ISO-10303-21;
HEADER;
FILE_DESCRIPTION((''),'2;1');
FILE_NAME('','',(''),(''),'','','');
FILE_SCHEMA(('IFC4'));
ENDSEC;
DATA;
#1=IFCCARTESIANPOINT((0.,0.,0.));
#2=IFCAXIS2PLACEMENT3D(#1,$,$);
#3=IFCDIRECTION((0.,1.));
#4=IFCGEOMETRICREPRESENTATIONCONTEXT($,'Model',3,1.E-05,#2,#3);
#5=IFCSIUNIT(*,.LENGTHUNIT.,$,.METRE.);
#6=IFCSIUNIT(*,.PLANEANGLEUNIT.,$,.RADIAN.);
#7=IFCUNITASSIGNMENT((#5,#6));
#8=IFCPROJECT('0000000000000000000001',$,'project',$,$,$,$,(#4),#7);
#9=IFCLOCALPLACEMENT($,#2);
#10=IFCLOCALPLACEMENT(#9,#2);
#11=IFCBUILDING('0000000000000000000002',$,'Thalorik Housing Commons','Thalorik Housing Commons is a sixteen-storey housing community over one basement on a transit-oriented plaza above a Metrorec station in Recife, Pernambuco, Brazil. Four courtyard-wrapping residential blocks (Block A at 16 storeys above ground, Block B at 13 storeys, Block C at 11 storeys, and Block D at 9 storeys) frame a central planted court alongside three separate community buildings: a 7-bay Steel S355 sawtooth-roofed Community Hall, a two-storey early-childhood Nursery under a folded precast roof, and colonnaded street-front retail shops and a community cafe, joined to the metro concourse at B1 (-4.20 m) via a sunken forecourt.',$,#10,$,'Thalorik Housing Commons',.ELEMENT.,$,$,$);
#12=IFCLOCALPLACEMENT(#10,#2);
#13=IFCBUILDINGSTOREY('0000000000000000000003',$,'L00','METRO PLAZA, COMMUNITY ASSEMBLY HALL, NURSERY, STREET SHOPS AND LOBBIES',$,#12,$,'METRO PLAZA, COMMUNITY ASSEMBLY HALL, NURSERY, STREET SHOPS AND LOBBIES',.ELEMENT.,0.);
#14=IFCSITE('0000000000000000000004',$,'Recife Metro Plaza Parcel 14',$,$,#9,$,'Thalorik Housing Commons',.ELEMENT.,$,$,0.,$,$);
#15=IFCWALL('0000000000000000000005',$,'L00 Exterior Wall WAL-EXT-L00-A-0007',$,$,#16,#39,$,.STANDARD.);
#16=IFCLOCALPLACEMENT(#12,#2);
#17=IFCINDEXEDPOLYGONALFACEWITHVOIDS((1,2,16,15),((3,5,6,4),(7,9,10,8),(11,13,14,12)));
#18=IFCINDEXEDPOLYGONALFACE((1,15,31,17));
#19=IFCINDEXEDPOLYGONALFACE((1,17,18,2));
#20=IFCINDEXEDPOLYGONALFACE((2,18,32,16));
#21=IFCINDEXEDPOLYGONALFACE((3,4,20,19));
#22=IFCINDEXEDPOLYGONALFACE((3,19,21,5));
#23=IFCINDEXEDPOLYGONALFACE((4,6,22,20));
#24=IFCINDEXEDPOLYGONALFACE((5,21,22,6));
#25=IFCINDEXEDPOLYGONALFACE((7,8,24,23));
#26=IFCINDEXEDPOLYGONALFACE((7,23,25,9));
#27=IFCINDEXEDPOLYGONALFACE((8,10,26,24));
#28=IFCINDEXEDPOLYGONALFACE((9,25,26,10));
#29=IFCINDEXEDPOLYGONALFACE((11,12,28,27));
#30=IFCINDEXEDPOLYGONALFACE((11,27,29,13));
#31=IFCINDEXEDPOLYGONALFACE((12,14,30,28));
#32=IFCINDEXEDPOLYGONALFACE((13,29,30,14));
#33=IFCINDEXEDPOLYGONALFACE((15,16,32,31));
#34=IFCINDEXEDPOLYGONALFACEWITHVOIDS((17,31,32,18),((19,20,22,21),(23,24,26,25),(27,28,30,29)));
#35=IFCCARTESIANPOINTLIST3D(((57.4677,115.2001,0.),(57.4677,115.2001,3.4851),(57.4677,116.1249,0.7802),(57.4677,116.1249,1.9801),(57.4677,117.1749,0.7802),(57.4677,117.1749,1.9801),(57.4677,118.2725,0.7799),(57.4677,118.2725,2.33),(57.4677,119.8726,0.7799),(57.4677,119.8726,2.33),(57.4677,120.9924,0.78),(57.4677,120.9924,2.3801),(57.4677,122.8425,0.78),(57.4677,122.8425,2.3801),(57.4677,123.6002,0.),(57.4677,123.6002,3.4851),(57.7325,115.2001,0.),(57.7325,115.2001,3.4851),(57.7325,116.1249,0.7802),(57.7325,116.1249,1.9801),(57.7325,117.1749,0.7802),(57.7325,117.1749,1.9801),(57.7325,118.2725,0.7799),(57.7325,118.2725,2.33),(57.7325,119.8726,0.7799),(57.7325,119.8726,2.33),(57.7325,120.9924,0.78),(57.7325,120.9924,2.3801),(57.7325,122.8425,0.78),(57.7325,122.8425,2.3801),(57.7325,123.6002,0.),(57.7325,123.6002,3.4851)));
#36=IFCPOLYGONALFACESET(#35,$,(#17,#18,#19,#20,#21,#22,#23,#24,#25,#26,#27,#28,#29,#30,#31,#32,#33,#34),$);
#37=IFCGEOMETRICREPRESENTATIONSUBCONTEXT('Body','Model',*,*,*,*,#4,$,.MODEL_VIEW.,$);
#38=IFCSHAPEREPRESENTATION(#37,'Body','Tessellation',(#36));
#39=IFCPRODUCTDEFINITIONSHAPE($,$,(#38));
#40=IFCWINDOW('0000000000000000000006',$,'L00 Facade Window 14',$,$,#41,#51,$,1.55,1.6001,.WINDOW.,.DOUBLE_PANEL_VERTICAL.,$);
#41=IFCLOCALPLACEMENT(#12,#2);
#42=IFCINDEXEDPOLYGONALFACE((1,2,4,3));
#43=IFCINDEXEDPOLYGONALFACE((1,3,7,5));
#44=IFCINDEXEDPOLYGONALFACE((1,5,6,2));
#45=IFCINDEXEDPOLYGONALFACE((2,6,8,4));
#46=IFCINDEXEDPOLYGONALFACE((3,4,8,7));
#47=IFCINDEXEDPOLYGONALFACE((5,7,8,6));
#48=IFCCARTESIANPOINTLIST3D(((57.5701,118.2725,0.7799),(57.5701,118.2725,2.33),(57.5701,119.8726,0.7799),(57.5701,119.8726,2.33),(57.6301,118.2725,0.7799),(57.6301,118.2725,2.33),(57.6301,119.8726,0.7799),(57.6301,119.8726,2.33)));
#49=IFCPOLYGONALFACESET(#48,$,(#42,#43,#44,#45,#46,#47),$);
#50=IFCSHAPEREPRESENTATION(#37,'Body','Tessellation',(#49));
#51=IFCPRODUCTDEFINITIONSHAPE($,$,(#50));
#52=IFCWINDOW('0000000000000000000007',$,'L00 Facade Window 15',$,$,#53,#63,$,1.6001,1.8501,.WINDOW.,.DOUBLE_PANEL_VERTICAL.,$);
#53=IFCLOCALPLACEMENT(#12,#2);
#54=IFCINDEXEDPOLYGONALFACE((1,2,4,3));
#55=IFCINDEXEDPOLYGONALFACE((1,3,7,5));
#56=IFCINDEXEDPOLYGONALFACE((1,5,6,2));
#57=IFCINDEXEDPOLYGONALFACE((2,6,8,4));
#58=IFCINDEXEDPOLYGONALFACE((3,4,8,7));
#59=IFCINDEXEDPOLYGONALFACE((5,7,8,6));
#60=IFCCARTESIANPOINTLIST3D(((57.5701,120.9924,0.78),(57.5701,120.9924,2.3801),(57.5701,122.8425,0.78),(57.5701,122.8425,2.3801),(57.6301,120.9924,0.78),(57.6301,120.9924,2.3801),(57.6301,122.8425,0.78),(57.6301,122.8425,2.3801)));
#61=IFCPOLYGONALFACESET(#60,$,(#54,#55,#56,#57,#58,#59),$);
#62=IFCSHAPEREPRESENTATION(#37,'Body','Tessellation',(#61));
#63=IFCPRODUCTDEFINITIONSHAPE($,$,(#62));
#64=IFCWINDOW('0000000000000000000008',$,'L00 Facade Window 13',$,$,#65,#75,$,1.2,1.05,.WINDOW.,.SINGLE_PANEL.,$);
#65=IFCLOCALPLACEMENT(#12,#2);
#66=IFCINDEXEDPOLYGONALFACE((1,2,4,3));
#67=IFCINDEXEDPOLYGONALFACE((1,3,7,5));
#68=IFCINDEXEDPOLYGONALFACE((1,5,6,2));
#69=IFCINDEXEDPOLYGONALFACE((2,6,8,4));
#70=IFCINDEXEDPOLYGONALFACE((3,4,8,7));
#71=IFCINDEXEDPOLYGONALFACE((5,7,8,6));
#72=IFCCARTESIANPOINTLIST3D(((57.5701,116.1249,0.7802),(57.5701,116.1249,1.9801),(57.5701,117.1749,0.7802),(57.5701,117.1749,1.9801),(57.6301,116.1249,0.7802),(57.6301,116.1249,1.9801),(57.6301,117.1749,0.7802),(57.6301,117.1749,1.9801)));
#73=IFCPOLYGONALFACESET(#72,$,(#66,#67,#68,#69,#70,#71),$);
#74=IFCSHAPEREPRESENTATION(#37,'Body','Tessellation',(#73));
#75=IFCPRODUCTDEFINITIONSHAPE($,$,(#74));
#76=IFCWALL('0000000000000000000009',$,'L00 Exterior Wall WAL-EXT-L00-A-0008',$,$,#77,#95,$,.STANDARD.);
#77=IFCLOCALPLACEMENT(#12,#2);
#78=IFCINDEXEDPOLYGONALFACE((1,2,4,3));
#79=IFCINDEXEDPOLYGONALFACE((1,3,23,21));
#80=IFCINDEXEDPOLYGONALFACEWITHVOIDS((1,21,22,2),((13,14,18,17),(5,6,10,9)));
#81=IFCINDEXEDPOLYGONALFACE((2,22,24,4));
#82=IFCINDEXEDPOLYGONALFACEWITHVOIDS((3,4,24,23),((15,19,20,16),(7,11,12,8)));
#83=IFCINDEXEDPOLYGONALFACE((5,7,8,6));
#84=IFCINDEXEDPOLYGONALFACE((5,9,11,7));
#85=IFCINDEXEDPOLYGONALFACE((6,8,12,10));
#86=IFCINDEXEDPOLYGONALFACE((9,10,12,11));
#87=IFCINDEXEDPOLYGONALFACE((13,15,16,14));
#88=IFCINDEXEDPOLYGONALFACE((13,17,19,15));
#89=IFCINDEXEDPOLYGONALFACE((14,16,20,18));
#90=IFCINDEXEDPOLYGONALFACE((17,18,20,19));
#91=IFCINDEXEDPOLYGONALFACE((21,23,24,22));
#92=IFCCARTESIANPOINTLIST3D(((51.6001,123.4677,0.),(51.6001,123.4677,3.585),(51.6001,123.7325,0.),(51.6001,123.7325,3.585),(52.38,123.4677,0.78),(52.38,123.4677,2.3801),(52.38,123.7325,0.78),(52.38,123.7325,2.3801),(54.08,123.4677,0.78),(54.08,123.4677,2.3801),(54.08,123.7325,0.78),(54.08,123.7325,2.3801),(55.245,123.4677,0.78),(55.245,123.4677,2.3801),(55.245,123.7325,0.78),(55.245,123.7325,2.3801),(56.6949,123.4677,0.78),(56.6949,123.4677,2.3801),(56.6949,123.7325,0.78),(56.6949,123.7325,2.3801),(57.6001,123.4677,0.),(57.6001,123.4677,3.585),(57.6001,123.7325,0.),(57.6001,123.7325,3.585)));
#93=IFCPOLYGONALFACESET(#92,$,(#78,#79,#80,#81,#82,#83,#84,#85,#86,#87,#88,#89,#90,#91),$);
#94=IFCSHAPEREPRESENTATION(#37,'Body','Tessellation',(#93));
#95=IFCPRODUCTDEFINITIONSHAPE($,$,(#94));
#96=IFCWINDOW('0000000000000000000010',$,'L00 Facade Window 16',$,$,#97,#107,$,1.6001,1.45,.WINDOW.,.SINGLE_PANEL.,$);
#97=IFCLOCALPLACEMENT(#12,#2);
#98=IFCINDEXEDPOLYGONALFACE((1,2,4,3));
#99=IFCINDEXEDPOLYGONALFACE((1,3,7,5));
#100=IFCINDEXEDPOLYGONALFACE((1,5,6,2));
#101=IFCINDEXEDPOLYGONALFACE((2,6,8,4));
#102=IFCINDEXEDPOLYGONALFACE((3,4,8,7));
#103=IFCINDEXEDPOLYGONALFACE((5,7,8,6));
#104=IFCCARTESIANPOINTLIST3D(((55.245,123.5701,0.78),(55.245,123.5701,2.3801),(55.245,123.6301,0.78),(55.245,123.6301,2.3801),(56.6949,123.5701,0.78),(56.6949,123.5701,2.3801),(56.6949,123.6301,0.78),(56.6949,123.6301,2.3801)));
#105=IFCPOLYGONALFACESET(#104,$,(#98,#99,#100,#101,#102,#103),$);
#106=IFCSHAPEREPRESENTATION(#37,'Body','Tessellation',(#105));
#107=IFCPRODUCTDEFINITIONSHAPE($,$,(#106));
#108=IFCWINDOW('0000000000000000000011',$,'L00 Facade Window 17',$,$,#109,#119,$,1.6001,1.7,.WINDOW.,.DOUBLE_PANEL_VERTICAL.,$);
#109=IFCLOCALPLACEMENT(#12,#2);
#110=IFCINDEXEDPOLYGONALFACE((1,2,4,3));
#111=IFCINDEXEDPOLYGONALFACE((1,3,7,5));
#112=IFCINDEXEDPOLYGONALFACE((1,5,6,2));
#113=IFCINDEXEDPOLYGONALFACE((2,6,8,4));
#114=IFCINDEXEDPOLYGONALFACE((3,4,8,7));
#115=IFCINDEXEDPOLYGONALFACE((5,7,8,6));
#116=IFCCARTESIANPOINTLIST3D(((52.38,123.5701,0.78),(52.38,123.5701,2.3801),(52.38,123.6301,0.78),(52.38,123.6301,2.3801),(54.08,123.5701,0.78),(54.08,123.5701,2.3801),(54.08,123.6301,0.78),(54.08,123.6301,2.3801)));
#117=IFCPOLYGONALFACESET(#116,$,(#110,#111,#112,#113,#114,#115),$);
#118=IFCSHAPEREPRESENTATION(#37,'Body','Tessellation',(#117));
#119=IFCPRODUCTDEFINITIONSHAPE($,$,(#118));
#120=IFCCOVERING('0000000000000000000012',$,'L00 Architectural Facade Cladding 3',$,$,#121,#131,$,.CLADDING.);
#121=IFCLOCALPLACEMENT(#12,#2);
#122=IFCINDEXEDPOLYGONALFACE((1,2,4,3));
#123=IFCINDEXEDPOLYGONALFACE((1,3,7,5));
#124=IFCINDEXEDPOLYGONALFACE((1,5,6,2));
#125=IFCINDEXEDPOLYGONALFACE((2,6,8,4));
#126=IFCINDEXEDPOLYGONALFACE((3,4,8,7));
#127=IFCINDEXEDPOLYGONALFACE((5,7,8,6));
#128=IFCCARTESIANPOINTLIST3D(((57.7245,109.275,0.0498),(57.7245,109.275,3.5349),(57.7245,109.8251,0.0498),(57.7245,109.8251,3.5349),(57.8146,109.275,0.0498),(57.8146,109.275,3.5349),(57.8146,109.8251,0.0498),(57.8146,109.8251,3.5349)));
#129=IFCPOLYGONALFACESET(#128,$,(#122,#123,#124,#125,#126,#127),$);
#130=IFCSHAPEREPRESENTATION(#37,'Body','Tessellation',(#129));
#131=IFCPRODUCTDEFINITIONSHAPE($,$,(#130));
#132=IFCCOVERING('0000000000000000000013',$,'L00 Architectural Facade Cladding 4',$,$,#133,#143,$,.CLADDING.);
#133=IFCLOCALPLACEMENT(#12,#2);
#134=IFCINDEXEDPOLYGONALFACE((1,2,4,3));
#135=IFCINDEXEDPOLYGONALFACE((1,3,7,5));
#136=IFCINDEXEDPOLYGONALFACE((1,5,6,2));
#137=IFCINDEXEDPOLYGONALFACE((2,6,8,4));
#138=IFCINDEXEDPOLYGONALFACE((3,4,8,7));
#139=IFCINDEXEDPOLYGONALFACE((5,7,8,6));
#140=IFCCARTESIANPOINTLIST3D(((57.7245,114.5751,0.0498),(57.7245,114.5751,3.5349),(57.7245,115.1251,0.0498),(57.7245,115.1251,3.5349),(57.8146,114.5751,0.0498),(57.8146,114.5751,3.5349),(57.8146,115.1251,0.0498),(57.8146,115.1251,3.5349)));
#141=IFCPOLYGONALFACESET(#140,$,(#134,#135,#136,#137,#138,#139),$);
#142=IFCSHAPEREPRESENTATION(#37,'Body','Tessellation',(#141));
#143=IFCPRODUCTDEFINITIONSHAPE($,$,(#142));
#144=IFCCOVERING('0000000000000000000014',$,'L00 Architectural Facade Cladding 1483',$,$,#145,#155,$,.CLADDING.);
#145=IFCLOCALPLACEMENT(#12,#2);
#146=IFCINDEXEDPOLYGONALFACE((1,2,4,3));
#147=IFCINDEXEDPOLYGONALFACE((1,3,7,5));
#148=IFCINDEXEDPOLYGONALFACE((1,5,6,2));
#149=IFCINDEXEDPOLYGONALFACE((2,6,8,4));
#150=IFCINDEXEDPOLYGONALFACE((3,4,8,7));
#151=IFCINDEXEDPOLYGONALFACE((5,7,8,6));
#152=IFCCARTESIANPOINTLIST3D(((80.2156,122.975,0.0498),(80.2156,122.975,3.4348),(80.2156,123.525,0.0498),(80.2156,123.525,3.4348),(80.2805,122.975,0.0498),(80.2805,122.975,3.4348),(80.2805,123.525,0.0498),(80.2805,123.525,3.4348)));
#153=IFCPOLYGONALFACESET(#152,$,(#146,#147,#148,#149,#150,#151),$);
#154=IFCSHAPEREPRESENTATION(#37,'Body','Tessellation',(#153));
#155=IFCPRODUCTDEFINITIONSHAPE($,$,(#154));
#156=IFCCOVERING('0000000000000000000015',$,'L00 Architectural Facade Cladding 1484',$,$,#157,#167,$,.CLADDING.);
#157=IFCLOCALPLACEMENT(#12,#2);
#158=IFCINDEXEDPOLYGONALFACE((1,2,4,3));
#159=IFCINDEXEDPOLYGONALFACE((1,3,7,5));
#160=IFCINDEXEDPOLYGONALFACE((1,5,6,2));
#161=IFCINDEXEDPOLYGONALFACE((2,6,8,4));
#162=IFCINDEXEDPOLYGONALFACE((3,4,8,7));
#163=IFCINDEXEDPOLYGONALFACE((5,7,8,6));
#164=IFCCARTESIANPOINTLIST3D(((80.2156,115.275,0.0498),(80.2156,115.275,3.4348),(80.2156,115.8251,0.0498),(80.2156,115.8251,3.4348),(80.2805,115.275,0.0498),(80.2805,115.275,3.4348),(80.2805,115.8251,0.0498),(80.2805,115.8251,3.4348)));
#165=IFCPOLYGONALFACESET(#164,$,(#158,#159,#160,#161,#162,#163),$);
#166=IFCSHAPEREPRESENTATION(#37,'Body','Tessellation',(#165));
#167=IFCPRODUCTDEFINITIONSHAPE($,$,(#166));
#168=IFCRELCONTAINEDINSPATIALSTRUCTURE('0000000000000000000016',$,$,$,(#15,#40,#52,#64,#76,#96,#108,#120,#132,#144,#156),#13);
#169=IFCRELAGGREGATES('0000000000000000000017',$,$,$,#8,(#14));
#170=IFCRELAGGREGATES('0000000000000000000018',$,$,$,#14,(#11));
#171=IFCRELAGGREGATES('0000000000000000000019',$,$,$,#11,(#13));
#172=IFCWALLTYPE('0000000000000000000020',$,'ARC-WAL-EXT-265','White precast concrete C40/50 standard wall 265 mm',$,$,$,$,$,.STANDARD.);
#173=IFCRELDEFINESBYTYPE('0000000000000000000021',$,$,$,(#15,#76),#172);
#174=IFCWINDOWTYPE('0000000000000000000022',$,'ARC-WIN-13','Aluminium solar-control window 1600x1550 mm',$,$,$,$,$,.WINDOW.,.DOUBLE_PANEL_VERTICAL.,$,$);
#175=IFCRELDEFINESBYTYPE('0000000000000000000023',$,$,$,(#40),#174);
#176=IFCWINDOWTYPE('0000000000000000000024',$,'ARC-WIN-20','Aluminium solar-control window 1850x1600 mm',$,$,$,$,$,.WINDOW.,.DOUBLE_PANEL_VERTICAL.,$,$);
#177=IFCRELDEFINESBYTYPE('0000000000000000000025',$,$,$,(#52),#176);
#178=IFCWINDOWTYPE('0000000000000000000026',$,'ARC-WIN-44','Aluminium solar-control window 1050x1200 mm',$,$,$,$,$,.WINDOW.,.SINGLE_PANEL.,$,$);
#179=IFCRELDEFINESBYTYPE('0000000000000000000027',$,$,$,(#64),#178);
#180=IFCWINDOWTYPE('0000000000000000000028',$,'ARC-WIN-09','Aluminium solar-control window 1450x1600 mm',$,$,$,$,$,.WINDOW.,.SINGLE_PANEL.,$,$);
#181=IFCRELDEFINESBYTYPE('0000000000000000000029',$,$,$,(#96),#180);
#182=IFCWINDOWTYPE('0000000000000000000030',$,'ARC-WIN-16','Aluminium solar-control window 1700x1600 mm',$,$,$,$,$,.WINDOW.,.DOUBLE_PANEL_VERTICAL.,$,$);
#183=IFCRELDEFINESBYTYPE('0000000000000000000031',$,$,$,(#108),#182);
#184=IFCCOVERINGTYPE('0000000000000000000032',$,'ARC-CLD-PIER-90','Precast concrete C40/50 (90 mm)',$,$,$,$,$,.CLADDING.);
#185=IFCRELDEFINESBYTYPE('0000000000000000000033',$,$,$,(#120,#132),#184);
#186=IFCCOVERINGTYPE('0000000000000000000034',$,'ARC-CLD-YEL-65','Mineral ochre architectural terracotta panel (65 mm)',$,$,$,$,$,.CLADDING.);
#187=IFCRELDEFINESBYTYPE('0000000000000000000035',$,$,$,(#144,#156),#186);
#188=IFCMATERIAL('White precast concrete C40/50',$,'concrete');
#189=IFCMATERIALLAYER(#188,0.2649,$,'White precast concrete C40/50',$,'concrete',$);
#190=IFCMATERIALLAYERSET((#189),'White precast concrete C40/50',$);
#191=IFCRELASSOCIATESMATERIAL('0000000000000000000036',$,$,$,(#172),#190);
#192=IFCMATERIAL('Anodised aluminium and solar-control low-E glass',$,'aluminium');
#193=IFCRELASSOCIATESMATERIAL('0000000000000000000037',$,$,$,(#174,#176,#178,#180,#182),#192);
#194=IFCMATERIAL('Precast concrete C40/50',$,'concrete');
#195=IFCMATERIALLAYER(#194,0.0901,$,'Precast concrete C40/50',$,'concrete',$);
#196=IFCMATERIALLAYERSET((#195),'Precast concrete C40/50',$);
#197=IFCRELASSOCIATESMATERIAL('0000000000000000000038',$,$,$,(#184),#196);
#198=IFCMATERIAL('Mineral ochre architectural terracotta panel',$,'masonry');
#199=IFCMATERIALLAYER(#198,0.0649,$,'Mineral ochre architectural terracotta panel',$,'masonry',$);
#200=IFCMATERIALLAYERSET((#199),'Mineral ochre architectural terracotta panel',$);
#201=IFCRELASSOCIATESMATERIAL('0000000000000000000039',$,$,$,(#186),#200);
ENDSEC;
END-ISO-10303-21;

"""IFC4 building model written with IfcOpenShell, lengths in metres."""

from ifc_helpers import new_model, si_unit, direction, frame, frame_2d, origin, origin_2d, place, context, subcontext, project, spatial, rectangle, extrude, material, layer, layer_set, type_object, element, fill, save


model = new_model("IFC4")

# Units and contexts
model_context = context("Model", 3, precision=1e-05, world=origin(), true_north=direction((0.0, 1.0)))
body_context = subcontext(model_context, "Body", "Model", "MODEL_VIEW")
ifc_project = project(units=[si_unit("LENGTHUNIT", "METRE"), si_unit("PLANEANGLEUNIT", "RADIAN")], contexts=[model_context])

# Site, building, storey
site_placement = place(None, origin())
site = spatial("IfcSite", under=ifc_project, at=site_placement, Name="Recife Metro Plaza Parcel 14", LongName="Thalorik Housing Commons", CompositionType="ELEMENT", RefElevation=0.0)
building_placement = place(site_placement, origin())
building = spatial("IfcBuilding", under=site, at=building_placement, Name="Thalorik Housing Commons", Description="Thalorik Housing Commons is a sixteen-storey housing community over one basement on a transit-oriented plaza above a Metrorec station in Recife, Pernambuco, Brazil. Four courtyard-wrapping residential blocks (Block A at 16 storeys above ground, Block B at 13 storeys, Block C at 11 storeys, and Block D at 9 storeys) frame a central planted court alongside three separate community buildings: a 7-bay Steel S355 sawtooth-roofed Community Hall, a two-storey early-childhood Nursery under a folded precast roof, and colonnaded street-front retail shops and a community cafe, joined to the metro concourse at B1 (-4.20 m) via a sunken forecourt.", LongName="Thalorik Housing Commons", CompositionType="ELEMENT")
storey_placement = place(building_placement, origin())
storey = spatial("IfcBuildingStorey", under=building, at=storey_placement, Name="L00", Description="METRO PLAZA, COMMUNITY ASSEMBLY HALL, NURSERY, STREET SHOPS AND LOBBIES", LongName="METRO PLAZA, COMMUNITY ASSEMBLY HALL, NURSERY, STREET SHOPS AND LOBBIES", CompositionType="ELEMENT", Elevation=0.0)

# Shared definitions
ifc_material_1 = material(Name="Precast concrete C40/50", Category="concrete")

# Walls, openings, windows
ifc_material_2 = material(Name="White precast concrete C40/50", Category="concrete")
ifc_material_3 = material(Name="Anodised aluminium and solar-control low-E glass", Category="aluminium")
ifc_layer_1 = layer(ifc_material_2, 0.2649, Name="White precast concrete C40/50", Category="concrete")
ifc_layer_set_1 = layer_set([ifc_layer_1], Name="White precast concrete C40/50")
wall_type_1 = type_object("IfcWallType", Name="ARC-WAL-EXT-265", Description="White precast concrete C40/50 standard wall 265 mm", PredefinedType="STANDARD", material=ifc_layer_set_1)
wall_1_placement = place(storey_placement, frame((57.6001, 115.2, 0.0), z_axis=(0.0, 0.0, 1.0), x_axis=(0.0, 1.0, 0.0)))
wall_1 = element("IfcWall", 1, at=wall_1_placement, inside=storey, type_object=wall_type_1, Name="L00 Exterior Wall WAL-EXT-L00-A-0007", PredefinedType="STANDARD", context=body_context, shape_type="SweptSolid", body=[
    extrude(rectangle(XDim=8.4001, YDim=0.2649, at=frame_2d((4.2002, 0.0))), origin(), (0.0, 0.0, 1.0), 3.4851),
])
opening_1_placement = place(wall_1_placement, frame((0.925, 0.0, 0.78)))
opening_1 = element("IfcOpeningElement", 2, at=opening_1_placement, cuts=wall_1, PredefinedType="OPENING", context=body_context, shape_type="SweptSolid", body=[
    extrude(rectangle(XDim=1.05, YDim=1.2, at=frame_2d((0.5249, 0.6001))), frame((0.0, 0.1426, 0.0), z_axis=(0.0, -1.0, 0.0), x_axis=(1.0, 0.0, 0.0)), (0.0, 0.0, 1.0), 0.2849),
])
opening_2_placement = place(wall_1_placement, frame((3.0725, 0.0, 0.78)))
opening_2 = element("IfcOpeningElement", 3, at=opening_2_placement, cuts=wall_1, PredefinedType="OPENING", context=body_context, shape_type="SweptSolid", body=[
    extrude(rectangle(XDim=1.6001, YDim=1.55, at=frame_2d((0.8, 0.7749))), frame((0.0, 0.1426, 0.0), z_axis=(0.0, -1.0, 0.0), x_axis=(1.0, 0.0, 0.0)), (0.0, 0.0, 1.0), 0.2849),
])
opening_3_placement = place(wall_1_placement, frame((5.7925, 0.0, 0.78)))
opening_3 = element("IfcOpeningElement", 4, at=opening_3_placement, cuts=wall_1, PredefinedType="OPENING", context=body_context, shape_type="SweptSolid", body=[
    extrude(rectangle(XDim=1.8501, YDim=1.6001, at=frame_2d((0.925, 0.8))), frame((0.0, 0.1426, 0.0), z_axis=(0.0, -1.0, 0.0), x_axis=(1.0, 0.0, 0.0)), (0.0, 0.0, 1.0), 0.2849),
])
window_type_1 = type_object("IfcWindowType", Name="ARC-WIN-13", Description="Aluminium solar-control window 1600x1550 mm", PartitioningType="DOUBLE_PANEL_VERTICAL", PredefinedType="WINDOW", material=ifc_material_3)
window_1_placement = place(opening_2_placement, origin())
window_1 = element("IfcWindow", 5, at=window_1_placement, inside=storey, type_object=window_type_1, Name="L00 Facade Window 14", OverallHeight=1.55, OverallWidth=1.6001, PartitioningType="DOUBLE_PANEL_VERTICAL", PredefinedType="WINDOW", context=body_context, shape_type="SweptSolid", body=[
    extrude(rectangle(XDim=1.6001, YDim=1.55, at=frame_2d((0.8, 0.7749))), frame((0.0, 0.03, 0.0), z_axis=(0.0, -1.0, 0.0), x_axis=(1.0, 0.0, 0.0)), (0.0, 0.0, 1.0), 0.0601),
])
fill(opening_2, window_1)
window_type_2 = type_object("IfcWindowType", Name="ARC-WIN-20", Description="Aluminium solar-control window 1850x1600 mm", PartitioningType="DOUBLE_PANEL_VERTICAL", PredefinedType="WINDOW", material=ifc_material_3)
window_2_placement = place(opening_3_placement, origin())
window_2 = element("IfcWindow", 6, at=window_2_placement, inside=storey, type_object=window_type_2, Name="L00 Facade Window 15", OverallHeight=1.6001, OverallWidth=1.8501, PartitioningType="DOUBLE_PANEL_VERTICAL", PredefinedType="WINDOW", context=body_context, shape_type="SweptSolid", body=[
    extrude(rectangle(XDim=1.8501, YDim=1.6001, at=frame_2d((0.925, 0.8))), frame((0.0, 0.03, 0.0), z_axis=(0.0, -1.0, 0.0), x_axis=(1.0, 0.0, 0.0)), (0.0, 0.0, 1.0), 0.0601),
])
fill(opening_3, window_2)
window_type_3 = type_object("IfcWindowType", Name="ARC-WIN-44", Description="Aluminium solar-control window 1050x1200 mm", PartitioningType="SINGLE_PANEL", PredefinedType="WINDOW", material=ifc_material_3)
window_3_placement = place(opening_1_placement, origin())
window_3 = element("IfcWindow", 7, at=window_3_placement, inside=storey, type_object=window_type_3, Name="L00 Facade Window 13", OverallHeight=1.2, OverallWidth=1.05, PartitioningType="SINGLE_PANEL", PredefinedType="WINDOW", context=body_context, shape_type="SweptSolid", body=[
    extrude(rectangle(XDim=1.05, YDim=1.2, at=frame_2d((0.5249, 0.6001))), frame((0.0, 0.03, 0.0), z_axis=(0.0, -1.0, 0.0), x_axis=(1.0, 0.0, 0.0)), (0.0, 0.0, 1.0), 0.0601),
])
fill(opening_1, window_3)
wall_2_placement = place(storey_placement, frame((57.6001, 123.6001, 0.0), z_axis=(0.0, 0.0, 1.0), x_axis=(-1.0, 0.0, 0.0)))
wall_2 = element("IfcWall", 8, at=wall_2_placement, inside=storey, type_object=wall_type_1, Name="L00 Exterior Wall WAL-EXT-L00-A-0008", PredefinedType="STANDARD", context=body_context, shape_type="SweptSolid", body=[
    extrude(rectangle(XDim=6.0, YDim=0.2649, at=frame_2d((3.0, 0.0))), origin(), (0.0, 0.0, 1.0), 3.585),
])
opening_4_placement = place(wall_2_placement, frame((0.905, 0.0, 0.78)))
opening_4 = element("IfcOpeningElement", 9, at=opening_4_placement, cuts=wall_2, PredefinedType="OPENING", context=body_context, shape_type="SweptSolid", body=[
    extrude(rectangle(XDim=1.45, YDim=1.6001, at=frame_2d((0.7251, 0.8))), frame((0.0, 0.1426, 0.0), z_axis=(0.0, -1.0, 0.0), x_axis=(1.0, 0.0, 0.0)), (0.0, 0.0, 1.0), 0.2849),
])
opening_5_placement = place(wall_2_placement, frame((3.52, 0.0, 0.78)))
opening_5 = element("IfcOpeningElement", 10, at=opening_5_placement, cuts=wall_2, PredefinedType="OPENING", context=body_context, shape_type="SweptSolid", body=[
    extrude(rectangle(XDim=1.7, YDim=1.6001, at=frame_2d((0.8501, 0.8))), frame((0.0, 0.1426, 0.0), z_axis=(0.0, -1.0, 0.0), x_axis=(1.0, 0.0, 0.0)), (0.0, 0.0, 1.0), 0.2849),
])
window_type_4 = type_object("IfcWindowType", Name="ARC-WIN-09", Description="Aluminium solar-control window 1450x1600 mm", PartitioningType="SINGLE_PANEL", PredefinedType="WINDOW", material=ifc_material_3)
window_4_placement = place(opening_4_placement, origin())
window_4 = element("IfcWindow", 11, at=window_4_placement, inside=storey, type_object=window_type_4, Name="L00 Facade Window 16", OverallHeight=1.6001, OverallWidth=1.45, PartitioningType="SINGLE_PANEL", PredefinedType="WINDOW", context=body_context, shape_type="SweptSolid", body=[
    extrude(rectangle(XDim=1.45, YDim=1.6001, at=frame_2d((0.7251, 0.8))), frame((0.0, 0.03, 0.0), z_axis=(0.0, -1.0, 0.0), x_axis=(1.0, 0.0, 0.0)), (0.0, 0.0, 1.0), 0.0601),
])
fill(opening_4, window_4)
window_type_5 = type_object("IfcWindowType", Name="ARC-WIN-16", Description="Aluminium solar-control window 1700x1600 mm", PartitioningType="DOUBLE_PANEL_VERTICAL", PredefinedType="WINDOW", material=ifc_material_3)
window_5_placement = place(opening_5_placement, origin())
window_5 = element("IfcWindow", 12, at=window_5_placement, inside=storey, type_object=window_type_5, Name="L00 Facade Window 17", OverallHeight=1.6001, OverallWidth=1.7, PartitioningType="DOUBLE_PANEL_VERTICAL", PredefinedType="WINDOW", context=body_context, shape_type="SweptSolid", body=[
    extrude(rectangle(XDim=1.7, YDim=1.6001, at=frame_2d((0.8501, 0.8))), frame((0.0, 0.03, 0.0), z_axis=(0.0, -1.0, 0.0), x_axis=(1.0, 0.0, 0.0)), (0.0, 0.0, 1.0), 0.0601),
])
fill(opening_5, window_5)

# Coverings
ifc_layer_2 = layer(ifc_material_1, 0.0901, Name="Precast concrete C40/50", Category="concrete")
ifc_layer_set_2 = layer_set([ifc_layer_2], Name="Precast concrete C40/50")
covering_type_1 = type_object("IfcCoveringType", Name="ARC-CLD-PIER-90", Description="Precast concrete C40/50 (90 mm)", PredefinedType="CLADDING", material=ifc_layer_set_2)
for number, where, z_axis, x_axis, name in (
    (13, (57.7695, 109.55, 0.0498), (0.0, 0.0, 1.0), (0.0, 1.0, 0.0), "L00 Architectural Facade Cladding 3"),
    (14, (57.7695, 114.8501, 0.0498), (0.0, 0.0, 1.0), (0.0, 1.0, 0.0), "L00 Architectural Facade Cladding 4"),
):
    element("IfcCovering", number, at=place(storey_placement, frame(where, z_axis=z_axis, x_axis=x_axis)), inside=storey, type_object=covering_type_1, Name=name, PredefinedType="CLADDING", context=body_context, shape_type="SweptSolid", body=[
        extrude(rectangle(XDim=0.55, YDim=0.0901, at=origin_2d()), origin(), (0.0, 0.0, 1.0), 3.4851),
    ])
ifc_material_4 = material(Name="Mineral ochre architectural terracotta panel", Category="masonry")
ifc_layer_3 = layer(ifc_material_4, 0.0649, Name="Mineral ochre architectural terracotta panel", Category="masonry")
ifc_layer_set_3 = layer_set([ifc_layer_3], Name="Mineral ochre architectural terracotta panel")
covering_type_2 = type_object("IfcCoveringType", Name="ARC-CLD-YEL-65", Description="Mineral ochre architectural terracotta panel (65 mm)", PredefinedType="CLADDING", material=ifc_layer_set_3)
for number, where, z_axis, x_axis, name in (
    (15, (80.248, 123.25, 0.0498), (0.0, 0.0, 1.0), (0.0, -1.0, 0.0), "L00 Architectural Facade Cladding 1483"),
    (16, (80.248, 115.55, 0.0498), (0.0, 0.0, 1.0), (0.0, -1.0, 0.0), "L00 Architectural Facade Cladding 1484"),
):
    element("IfcCovering", number, at=place(storey_placement, frame(where, z_axis=z_axis, x_axis=x_axis)), inside=storey, type_object=covering_type_2, Name=name, PredefinedType="CLADDING", context=body_context, shape_type="SweptSolid", body=[
        extrude(rectangle(XDim=0.55, YDim=0.0649, at=origin_2d()), origin(), (0.0, 0.0, 1.0), 3.385),
    ])

save(model, "model.ifc")
